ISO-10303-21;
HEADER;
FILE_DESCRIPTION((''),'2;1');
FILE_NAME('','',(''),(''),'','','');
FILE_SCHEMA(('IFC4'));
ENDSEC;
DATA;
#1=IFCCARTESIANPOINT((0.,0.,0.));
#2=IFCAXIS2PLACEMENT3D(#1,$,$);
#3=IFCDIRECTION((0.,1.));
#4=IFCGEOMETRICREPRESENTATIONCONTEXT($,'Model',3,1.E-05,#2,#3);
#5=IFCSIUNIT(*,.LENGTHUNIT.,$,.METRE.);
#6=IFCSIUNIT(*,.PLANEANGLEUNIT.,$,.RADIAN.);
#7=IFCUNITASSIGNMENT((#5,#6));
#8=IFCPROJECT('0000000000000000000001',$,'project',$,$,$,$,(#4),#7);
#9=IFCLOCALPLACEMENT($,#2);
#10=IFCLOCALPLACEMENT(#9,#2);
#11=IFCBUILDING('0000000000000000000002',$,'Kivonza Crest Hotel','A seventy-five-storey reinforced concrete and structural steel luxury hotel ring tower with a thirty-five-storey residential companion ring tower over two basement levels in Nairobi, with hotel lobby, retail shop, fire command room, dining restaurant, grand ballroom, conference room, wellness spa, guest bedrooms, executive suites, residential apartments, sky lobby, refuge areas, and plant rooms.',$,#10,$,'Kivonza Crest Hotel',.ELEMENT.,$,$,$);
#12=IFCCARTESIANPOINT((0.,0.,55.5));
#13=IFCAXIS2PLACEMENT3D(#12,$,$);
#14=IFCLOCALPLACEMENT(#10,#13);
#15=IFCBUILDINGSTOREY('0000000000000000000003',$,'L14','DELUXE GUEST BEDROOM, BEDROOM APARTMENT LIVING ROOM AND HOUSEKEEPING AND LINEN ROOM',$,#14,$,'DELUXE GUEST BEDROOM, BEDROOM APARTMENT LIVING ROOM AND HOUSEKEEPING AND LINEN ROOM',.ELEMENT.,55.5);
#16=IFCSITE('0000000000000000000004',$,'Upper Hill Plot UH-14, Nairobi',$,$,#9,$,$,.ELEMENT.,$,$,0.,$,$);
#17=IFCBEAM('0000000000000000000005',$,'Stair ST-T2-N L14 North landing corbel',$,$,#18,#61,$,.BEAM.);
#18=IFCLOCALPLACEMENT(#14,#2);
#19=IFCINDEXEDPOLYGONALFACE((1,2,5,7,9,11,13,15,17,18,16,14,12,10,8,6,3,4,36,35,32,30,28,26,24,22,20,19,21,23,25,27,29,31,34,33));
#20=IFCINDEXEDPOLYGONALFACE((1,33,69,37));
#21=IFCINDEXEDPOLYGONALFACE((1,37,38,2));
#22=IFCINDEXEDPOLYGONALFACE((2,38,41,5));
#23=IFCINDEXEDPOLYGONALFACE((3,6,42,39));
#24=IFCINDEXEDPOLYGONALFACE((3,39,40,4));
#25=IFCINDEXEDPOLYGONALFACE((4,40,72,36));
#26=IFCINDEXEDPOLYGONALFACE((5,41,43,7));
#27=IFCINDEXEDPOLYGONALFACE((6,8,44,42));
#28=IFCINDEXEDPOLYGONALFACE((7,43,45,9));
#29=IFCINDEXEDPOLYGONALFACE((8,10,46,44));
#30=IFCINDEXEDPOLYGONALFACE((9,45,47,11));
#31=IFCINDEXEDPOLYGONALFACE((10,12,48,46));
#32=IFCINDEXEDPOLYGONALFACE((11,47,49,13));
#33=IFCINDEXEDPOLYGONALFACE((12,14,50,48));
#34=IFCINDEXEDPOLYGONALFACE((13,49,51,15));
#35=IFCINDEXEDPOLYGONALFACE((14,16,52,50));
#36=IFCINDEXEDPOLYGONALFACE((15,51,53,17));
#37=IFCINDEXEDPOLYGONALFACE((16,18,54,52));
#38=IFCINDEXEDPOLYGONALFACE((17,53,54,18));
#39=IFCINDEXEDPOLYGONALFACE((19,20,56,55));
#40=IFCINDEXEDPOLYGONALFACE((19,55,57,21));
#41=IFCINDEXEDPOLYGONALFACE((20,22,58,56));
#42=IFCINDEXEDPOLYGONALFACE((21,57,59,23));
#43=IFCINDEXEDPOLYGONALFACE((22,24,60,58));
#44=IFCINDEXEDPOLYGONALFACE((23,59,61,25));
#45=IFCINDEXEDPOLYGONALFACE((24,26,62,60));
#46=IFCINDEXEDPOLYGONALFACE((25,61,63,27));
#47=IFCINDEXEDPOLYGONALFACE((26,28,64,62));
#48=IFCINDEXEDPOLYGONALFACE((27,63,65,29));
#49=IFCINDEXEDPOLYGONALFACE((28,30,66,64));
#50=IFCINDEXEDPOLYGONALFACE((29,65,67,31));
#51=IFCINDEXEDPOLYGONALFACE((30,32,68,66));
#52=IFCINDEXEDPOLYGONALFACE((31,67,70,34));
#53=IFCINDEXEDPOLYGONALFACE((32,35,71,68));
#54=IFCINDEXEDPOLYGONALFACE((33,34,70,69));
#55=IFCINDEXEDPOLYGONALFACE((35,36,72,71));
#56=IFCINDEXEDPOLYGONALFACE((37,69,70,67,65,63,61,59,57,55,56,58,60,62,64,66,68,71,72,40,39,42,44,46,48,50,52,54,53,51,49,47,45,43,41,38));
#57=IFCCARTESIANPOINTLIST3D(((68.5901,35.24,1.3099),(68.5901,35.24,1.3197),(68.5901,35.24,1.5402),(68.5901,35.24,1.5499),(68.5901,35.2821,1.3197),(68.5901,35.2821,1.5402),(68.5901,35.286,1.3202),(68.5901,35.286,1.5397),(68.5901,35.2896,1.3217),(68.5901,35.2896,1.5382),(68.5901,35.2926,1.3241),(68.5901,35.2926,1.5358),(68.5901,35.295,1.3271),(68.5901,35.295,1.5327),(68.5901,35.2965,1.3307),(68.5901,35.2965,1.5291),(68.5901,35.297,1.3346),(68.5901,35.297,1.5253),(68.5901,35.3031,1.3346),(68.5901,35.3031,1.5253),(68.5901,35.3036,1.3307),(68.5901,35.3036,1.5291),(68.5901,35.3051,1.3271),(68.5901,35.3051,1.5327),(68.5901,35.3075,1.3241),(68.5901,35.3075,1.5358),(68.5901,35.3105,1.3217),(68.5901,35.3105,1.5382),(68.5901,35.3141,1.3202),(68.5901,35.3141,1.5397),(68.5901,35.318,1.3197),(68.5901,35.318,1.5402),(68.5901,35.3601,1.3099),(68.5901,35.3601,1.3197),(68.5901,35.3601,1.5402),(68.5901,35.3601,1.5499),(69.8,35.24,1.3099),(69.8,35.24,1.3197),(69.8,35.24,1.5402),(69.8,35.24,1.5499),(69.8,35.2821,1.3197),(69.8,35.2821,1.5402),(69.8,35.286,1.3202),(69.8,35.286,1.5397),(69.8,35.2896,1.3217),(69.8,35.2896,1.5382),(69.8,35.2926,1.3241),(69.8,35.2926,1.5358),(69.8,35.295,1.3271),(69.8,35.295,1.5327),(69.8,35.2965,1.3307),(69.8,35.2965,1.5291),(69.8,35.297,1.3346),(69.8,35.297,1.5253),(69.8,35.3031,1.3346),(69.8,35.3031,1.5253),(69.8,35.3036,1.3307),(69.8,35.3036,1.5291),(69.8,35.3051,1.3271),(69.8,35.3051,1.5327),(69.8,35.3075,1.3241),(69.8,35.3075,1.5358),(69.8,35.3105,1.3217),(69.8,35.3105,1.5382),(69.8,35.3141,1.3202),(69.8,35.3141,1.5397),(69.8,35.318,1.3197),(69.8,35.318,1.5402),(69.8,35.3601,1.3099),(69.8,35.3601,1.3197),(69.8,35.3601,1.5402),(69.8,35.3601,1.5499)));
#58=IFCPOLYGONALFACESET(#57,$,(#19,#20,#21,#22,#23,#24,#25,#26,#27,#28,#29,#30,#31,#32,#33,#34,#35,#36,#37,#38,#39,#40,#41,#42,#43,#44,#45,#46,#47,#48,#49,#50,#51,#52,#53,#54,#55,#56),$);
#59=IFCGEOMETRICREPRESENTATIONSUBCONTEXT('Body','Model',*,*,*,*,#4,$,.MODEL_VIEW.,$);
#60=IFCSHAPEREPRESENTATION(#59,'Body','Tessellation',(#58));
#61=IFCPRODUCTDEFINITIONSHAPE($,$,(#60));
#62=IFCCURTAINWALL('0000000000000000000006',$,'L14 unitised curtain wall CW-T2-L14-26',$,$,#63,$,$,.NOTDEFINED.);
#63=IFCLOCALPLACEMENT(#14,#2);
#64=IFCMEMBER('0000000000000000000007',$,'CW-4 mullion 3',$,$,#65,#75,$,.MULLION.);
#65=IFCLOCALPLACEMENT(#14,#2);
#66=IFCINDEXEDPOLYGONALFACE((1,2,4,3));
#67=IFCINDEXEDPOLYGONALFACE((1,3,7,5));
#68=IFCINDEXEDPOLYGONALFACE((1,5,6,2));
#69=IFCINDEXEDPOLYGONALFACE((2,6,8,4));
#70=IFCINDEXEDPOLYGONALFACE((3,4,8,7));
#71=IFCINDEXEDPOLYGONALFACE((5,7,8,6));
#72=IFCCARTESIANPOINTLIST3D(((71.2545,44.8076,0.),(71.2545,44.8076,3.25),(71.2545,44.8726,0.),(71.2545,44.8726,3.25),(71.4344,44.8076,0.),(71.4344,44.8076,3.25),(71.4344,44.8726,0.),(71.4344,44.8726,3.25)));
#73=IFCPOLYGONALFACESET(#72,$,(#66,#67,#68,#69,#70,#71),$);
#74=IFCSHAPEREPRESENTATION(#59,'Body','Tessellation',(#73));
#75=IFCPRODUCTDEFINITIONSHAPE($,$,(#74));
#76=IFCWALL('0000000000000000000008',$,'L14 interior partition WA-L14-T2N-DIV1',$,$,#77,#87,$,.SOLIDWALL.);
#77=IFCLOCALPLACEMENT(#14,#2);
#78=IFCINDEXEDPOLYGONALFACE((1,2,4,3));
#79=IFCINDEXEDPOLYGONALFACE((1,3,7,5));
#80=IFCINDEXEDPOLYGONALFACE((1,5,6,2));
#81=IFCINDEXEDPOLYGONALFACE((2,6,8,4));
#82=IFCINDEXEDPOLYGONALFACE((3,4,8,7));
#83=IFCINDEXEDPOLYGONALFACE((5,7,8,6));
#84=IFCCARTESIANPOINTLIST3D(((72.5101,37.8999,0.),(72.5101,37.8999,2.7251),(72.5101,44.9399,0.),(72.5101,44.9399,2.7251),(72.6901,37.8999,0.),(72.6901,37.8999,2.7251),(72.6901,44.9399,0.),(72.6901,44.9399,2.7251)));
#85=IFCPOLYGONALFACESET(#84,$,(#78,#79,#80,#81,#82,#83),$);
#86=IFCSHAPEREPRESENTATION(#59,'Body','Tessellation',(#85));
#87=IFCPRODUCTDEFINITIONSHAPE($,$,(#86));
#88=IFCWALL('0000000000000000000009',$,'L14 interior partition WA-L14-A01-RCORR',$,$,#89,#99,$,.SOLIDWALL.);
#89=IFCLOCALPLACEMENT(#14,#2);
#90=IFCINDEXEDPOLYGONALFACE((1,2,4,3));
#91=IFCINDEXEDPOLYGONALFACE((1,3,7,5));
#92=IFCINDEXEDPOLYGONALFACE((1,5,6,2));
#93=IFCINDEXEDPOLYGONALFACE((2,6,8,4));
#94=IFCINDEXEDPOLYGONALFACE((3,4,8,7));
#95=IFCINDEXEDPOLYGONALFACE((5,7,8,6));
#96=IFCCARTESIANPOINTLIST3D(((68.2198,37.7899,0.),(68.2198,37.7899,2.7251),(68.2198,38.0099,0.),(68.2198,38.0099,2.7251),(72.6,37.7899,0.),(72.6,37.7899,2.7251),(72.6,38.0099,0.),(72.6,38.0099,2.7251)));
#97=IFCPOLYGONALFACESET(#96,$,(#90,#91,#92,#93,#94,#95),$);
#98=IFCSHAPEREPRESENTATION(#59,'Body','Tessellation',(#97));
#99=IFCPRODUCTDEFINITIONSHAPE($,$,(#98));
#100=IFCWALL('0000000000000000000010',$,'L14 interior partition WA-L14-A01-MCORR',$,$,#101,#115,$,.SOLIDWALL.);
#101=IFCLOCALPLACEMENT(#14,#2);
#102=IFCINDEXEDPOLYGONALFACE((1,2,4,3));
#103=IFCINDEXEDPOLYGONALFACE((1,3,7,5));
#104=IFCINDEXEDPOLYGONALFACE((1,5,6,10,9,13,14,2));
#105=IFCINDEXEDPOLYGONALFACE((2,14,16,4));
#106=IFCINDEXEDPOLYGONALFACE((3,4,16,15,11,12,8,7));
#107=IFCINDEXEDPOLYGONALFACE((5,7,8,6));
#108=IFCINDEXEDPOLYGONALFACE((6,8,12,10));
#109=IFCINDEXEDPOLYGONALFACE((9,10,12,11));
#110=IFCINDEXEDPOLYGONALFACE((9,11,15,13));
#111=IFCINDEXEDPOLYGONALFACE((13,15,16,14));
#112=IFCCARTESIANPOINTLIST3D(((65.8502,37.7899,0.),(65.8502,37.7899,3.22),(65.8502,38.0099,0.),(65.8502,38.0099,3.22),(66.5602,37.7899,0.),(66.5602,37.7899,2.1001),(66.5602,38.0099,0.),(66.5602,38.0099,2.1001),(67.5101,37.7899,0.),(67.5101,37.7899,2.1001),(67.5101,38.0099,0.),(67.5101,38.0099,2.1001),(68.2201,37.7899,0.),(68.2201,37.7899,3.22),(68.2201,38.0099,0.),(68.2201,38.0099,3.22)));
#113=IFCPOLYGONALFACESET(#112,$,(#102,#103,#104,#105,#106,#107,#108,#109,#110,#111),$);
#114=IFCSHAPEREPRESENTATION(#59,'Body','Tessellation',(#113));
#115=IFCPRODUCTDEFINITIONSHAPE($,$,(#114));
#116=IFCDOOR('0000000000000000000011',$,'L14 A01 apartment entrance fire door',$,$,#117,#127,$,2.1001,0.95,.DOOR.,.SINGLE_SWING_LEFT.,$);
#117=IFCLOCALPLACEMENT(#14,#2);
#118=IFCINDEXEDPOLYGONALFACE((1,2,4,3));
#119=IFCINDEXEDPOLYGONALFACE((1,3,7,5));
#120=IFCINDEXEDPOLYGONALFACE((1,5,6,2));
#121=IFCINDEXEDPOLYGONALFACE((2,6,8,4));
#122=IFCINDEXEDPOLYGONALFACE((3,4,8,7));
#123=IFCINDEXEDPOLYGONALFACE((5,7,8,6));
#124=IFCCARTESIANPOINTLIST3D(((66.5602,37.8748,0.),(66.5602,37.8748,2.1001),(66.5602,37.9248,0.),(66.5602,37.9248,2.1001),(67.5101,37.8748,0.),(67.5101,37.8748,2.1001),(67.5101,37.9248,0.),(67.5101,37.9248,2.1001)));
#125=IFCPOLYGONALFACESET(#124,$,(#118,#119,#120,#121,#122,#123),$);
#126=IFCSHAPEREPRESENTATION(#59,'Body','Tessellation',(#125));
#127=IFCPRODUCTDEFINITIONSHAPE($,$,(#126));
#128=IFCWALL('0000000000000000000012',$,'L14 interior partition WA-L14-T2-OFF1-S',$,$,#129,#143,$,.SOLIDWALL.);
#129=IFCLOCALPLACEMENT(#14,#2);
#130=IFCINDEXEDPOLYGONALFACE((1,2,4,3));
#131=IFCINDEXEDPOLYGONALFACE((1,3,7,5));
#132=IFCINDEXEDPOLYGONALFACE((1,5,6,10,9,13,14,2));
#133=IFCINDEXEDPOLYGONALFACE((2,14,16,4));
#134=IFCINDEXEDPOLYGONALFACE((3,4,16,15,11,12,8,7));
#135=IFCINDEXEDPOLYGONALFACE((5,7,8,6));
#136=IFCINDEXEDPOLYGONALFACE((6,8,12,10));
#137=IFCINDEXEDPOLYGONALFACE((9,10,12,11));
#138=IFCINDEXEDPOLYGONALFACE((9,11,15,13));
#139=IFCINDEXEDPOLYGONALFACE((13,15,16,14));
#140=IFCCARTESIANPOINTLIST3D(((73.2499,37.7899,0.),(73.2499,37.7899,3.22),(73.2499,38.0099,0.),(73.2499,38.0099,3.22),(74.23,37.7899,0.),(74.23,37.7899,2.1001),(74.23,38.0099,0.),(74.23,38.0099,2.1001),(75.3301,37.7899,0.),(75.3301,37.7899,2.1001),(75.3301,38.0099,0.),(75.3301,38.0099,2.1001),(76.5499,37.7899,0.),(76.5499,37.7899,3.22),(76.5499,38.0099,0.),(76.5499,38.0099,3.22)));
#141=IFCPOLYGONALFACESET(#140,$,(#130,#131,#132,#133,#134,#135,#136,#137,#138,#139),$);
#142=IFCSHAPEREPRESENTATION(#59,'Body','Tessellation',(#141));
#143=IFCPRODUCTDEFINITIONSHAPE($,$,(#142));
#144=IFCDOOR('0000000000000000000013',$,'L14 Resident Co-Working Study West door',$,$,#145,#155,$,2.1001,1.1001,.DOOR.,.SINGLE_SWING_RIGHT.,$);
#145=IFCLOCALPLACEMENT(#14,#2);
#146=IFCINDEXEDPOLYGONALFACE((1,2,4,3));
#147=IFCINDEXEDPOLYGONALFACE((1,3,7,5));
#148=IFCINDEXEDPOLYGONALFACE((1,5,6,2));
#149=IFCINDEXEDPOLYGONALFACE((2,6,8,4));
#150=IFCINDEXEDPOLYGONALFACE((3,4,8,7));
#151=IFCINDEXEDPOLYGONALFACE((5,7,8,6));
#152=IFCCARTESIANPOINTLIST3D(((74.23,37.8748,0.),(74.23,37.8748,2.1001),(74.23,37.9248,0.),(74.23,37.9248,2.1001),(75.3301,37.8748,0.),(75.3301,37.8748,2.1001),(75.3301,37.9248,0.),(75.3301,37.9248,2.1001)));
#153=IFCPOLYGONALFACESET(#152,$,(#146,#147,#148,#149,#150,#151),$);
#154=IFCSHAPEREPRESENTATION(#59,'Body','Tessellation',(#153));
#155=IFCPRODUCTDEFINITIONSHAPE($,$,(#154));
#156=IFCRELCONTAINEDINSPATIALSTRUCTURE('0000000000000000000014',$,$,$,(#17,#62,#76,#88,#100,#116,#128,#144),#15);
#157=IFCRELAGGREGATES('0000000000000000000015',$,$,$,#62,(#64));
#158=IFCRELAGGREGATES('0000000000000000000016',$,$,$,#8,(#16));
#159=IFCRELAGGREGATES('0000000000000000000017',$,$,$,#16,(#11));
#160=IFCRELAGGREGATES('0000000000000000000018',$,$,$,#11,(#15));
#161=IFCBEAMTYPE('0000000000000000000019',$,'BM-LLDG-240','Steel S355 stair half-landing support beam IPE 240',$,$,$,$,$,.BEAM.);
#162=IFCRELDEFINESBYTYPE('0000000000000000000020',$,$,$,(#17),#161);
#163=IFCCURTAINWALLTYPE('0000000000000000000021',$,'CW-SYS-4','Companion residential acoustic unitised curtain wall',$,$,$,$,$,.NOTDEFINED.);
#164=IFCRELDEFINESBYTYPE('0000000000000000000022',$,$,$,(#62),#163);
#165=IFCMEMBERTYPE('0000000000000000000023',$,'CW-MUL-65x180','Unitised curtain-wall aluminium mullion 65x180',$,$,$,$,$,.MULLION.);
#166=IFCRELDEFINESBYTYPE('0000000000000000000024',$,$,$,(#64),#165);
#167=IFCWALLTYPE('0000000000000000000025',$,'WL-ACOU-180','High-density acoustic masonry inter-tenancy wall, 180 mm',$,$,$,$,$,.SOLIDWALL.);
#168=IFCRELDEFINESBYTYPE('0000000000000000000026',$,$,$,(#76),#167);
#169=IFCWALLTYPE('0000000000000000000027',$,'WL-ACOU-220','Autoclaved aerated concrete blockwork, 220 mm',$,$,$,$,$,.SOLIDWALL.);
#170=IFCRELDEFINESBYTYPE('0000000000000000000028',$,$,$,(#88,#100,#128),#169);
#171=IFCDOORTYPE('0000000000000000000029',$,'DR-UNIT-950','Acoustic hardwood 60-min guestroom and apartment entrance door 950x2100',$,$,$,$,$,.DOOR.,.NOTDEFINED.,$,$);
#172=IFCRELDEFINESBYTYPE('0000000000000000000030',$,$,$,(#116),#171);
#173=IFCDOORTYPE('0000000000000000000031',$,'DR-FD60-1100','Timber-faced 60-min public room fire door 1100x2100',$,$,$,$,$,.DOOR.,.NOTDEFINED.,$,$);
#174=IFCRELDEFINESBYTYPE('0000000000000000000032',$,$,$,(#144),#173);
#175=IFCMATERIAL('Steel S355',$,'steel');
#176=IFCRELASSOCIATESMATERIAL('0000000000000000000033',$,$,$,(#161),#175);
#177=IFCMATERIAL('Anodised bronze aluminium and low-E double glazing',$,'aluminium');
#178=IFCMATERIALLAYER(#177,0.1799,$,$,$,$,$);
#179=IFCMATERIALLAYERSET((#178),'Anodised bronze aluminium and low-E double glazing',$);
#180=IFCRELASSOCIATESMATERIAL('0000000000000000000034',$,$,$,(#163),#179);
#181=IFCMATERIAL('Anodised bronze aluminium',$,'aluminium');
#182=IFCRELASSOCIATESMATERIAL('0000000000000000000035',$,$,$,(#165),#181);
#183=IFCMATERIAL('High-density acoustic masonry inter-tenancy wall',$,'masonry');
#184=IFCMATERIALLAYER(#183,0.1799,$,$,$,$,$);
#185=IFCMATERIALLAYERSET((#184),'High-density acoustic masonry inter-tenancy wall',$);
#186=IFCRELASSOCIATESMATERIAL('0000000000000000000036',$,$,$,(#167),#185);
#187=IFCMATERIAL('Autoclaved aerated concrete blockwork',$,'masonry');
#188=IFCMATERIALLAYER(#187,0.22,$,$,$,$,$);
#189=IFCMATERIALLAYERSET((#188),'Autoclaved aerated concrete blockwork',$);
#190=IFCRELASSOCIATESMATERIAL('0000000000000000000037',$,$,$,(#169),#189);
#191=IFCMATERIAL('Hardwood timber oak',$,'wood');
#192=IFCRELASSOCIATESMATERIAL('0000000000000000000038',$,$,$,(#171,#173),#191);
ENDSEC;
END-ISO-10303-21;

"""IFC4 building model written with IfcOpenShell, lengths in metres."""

from ifc_helpers import new_model, si_unit, direction, frame, frame_2d, origin, origin_2d, place, context, subcontext, project, spatial, rectangle, i_section, extrude, material, layer, layer_set, material_profile, profile_set, type_object, element, fill, aggregate, save


model = new_model("IFC4")

# Units and contexts
model_context = context("Model", 3, precision=1e-05, world=origin(), true_north=direction((0.0, 1.0)))
body_context = subcontext(model_context, "Body", "Model", "MODEL_VIEW")
ifc_project = project(units=[si_unit("LENGTHUNIT", "METRE"), si_unit("PLANEANGLEUNIT", "RADIAN")], contexts=[model_context])

# Site, building, storey
site_placement = place(None, origin())
site = spatial("IfcSite", under=ifc_project, at=site_placement, Name="Upper Hill Plot UH-14, Nairobi", CompositionType="ELEMENT", RefElevation=0.0)
building_placement = place(site_placement, origin())
building = spatial("IfcBuilding", under=site, at=building_placement, Name="Kivonza Crest Hotel", Description="A seventy-five-storey reinforced concrete and structural steel luxury hotel ring tower with a thirty-five-storey residential companion ring tower over two basement levels in Nairobi, with hotel lobby, retail shop, fire command room, dining restaurant, grand ballroom, conference room, wellness spa, guest bedrooms, executive suites, residential apartments, sky lobby, refuge areas, and plant rooms.", LongName="Kivonza Crest Hotel", CompositionType="ELEMENT")
storey_placement = place(building_placement, frame((0.0, 0.0, 55.5)))
storey = spatial("IfcBuildingStorey", under=building, at=storey_placement, Name="L14", Description="DELUXE GUEST BEDROOM, BEDROOM APARTMENT LIVING ROOM AND HOUSEKEEPING AND LINEN ROOM", LongName="DELUXE GUEST BEDROOM, BEDROOM APARTMENT LIVING ROOM AND HOUSEKEEPING AND LINEN ROOM", CompositionType="ELEMENT", Elevation=55.5)

# Beam
ifc_material_1 = material(Name="Steel S355", Category="steel")
ifc_material_profile_1 = material_profile(ifc_material_1, i_section(OverallWidth=0.1201, OverallDepth=0.24, WebThickness=0.0061, FlangeThickness=0.0098, FilletRadius=0.0149, at=origin_2d()), Name="IPE 240")
ifc_profile_set_1 = profile_set([ifc_material_profile_1], Name="Steel S355")
beam_type_1 = type_object("IfcBeamType", Name="BM-LLDG-240", Description="Steel S355 stair half-landing support beam IPE 240", PredefinedType="BEAM", material=ifc_profile_set_1)
beam_1_placement = place(storey_placement, frame((68.5901, 35.3, 1.4299), z_axis=(1.0, 0.0, 0.0), x_axis=(0.0, 1.0, 0.0)))
element("IfcBeam", 1, at=beam_1_placement, inside=storey, type_object=beam_type_1, Name="Stair ST-T2-N L14 North landing corbel", PredefinedType="BEAM", context=body_context, shape_type="SweptSolid", body=[
    extrude(i_section(OverallWidth=0.1201, OverallDepth=0.24, WebThickness=0.0061, FlangeThickness=0.0098, FilletRadius=0.0149, at=origin_2d()), origin(), (0.0, 0.0, 1.0), 1.21),
])

# Curtain wall, member
ifc_material_2 = material(Name="Anodised bronze aluminium and low-E double glazing", Category="aluminium")
ifc_layer_1 = layer(ifc_material_2, 0.1799)
ifc_layer_set_1 = layer_set([ifc_layer_1], Name="Anodised bronze aluminium and low-E double glazing")
curtain_wall_type = type_object("IfcCurtainWallType", Name="CW-SYS-4", Description="Companion residential acoustic unitised curtain wall", PredefinedType="NOTDEFINED", material=ifc_layer_set_1)
curtain_wall_placement = place(storey_placement, origin())
curtain_wall = element("IfcCurtainWall", 2, at=curtain_wall_placement, inside=storey, type_object=curtain_wall_type, Name="L14 unitised curtain wall CW-T2-L14-26", PredefinedType="NOTDEFINED")
ifc_material_3 = material(Name="Anodised bronze aluminium", Category="aluminium")
ifc_material_profile_2 = material_profile(ifc_material_3, rectangle(XDim=0.0649, YDim=0.1799, at=origin_2d()), Name="CW-M 65x180")
ifc_profile_set_2 = profile_set([ifc_material_profile_2], Name="Anodised bronze aluminium")
member_type = type_object("IfcMemberType", Name="CW-MUL-65x180", Description="Unitised curtain-wall aluminium mullion 65x180", PredefinedType="MULLION", material=ifc_profile_set_2)
member_placement = place(storey_placement, frame((71.3445, 44.8401, 0.0), z_axis=(0.0, 0.0, 1.0), x_axis=(0.0, -1.0, 0.0)))
member = element("IfcMember", 3, at=member_placement, type_object=member_type, Name="CW-4 mullion 3", PredefinedType="MULLION", context=body_context, shape_type="SweptSolid", body=[
    extrude(rectangle(XDim=0.0649, YDim=0.1799, at=origin_2d()), origin(), (0.0, 0.0, 1.0), 3.25),
])
aggregate(curtain_wall, [member])

# Walls
ifc_material_4 = material(Name="High-density acoustic masonry inter-tenancy wall", Category="masonry")
ifc_layer_2 = layer(ifc_material_4, 0.1799)
ifc_layer_set_2 = layer_set([ifc_layer_2], Name="High-density acoustic masonry inter-tenancy wall")
wall_type_1 = type_object("IfcWallType", Name="WL-ACOU-180", Description="High-density acoustic masonry inter-tenancy wall, 180 mm", PredefinedType="SOLIDWALL", material=ifc_layer_set_2)
wall_1_placement = place(storey_placement, frame((72.6001, 37.8999, 0.0), z_axis=(0.0, 0.0, 1.0), x_axis=(0.0, 1.0, 0.0)))
element("IfcWall", 4, at=wall_1_placement, inside=storey, type_object=wall_type_1, Name="L14 interior partition WA-L14-T2N-DIV1", PredefinedType="SOLIDWALL", context=body_context, shape_type="SweptSolid", body=[
    extrude(rectangle(XDim=7.04, YDim=0.1799, at=frame_2d((3.52, 0.0))), origin(), (0.0, 0.0, 1.0), 2.7251),
])
ifc_material_5 = material(Name="Autoclaved aerated concrete blockwork", Category="masonry")
ifc_layer_3 = layer(ifc_material_5, 0.22)
ifc_layer_set_3 = layer_set([ifc_layer_3], Name="Autoclaved aerated concrete blockwork")
wall_type_2 = type_object("IfcWallType", Name="WL-ACOU-220", Description="Autoclaved aerated concrete blockwork, 220 mm", PredefinedType="SOLIDWALL", material=ifc_layer_set_3)
wall_2_placement = place(storey_placement, frame((68.22, 37.8999, 0.0), z_axis=(0.0, 0.0, 1.0), x_axis=(1.0, 0.0, 0.0)))
element("IfcWall", 5, at=wall_2_placement, inside=storey, type_object=wall_type_2, Name="L14 interior partition WA-L14-A01-RCORR", PredefinedType="SOLIDWALL", context=body_context, shape_type="SweptSolid", body=[
    extrude(rectangle(XDim=4.3801, YDim=0.22, at=frame_2d((2.1899, 0.0))), origin(), (0.0, 0.0, 1.0), 2.7251),
])

# Walls, openings, doors
wall_3_placement = place(storey_placement, frame((65.8501, 37.8999, 0.0), z_axis=(0.0, 0.0, 1.0), x_axis=(1.0, 0.0, 0.0)))
wall_3 = element("IfcWall", 6, at=wall_3_placement, inside=storey, type_object=wall_type_2, Name="L14 interior partition WA-L14-A01-MCORR", PredefinedType="SOLIDWALL", context=body_context, shape_type="SweptSolid", body=[
    extrude(rectangle(XDim=2.3699, YDim=0.22, at=frame_2d((1.1851, 0.0))), origin(), (0.0, 0.0, 1.0), 3.22),
])
opening_1_placement = place(wall_3_placement, frame((0.71, 0.0, 0.0)))
opening_1 = element("IfcOpeningElement", 7, at=opening_1_placement, cuts=wall_3, PredefinedType="OPENING", context=body_context, shape_type="SweptSolid", body=[
    extrude(rectangle(XDim=0.95, YDim=2.1001, at=frame_2d((0.4751, 1.05))), frame((0.0, 0.1201, 0.0), z_axis=(0.0, -1.0, 0.0), x_axis=(1.0, 0.0, 0.0)), (0.0, 0.0, 1.0), 0.24),
])
ifc_material_6 = material(Name="Hardwood timber oak", Category="wood")
door_type_1 = type_object("IfcDoorType", Name="DR-UNIT-950", Description="Acoustic hardwood 60-min guestroom and apartment entrance door 950x2100", OperationType="NOTDEFINED", PredefinedType="DOOR", material=ifc_material_6)
door_1_placement = place(opening_1_placement, origin())
door_1 = element("IfcDoor", 8, at=door_1_placement, inside=storey, type_object=door_type_1, Name="L14 A01 apartment entrance fire door", OperationType="SINGLE_SWING_LEFT", OverallHeight=2.1001, OverallWidth=0.95, PredefinedType="DOOR", context=body_context, shape_type="SweptSolid", body=[
    extrude(rectangle(XDim=0.95, YDim=2.1001, at=frame_2d((0.4751, 1.05))), frame((0.0, 0.0249, 0.0), z_axis=(0.0, -1.0, 0.0), x_axis=(1.0, 0.0, 0.0)), (0.0, 0.0, 1.0), 0.05),
])
fill(opening_1, door_1)
wall_4_placement = place(storey_placement, frame((73.25, 37.8999, 0.0), z_axis=(0.0, 0.0, 1.0), x_axis=(1.0, 0.0, 0.0)))
wall_4 = element("IfcWall", 9, at=wall_4_placement, inside=storey, type_object=wall_type_2, Name="L14 interior partition WA-L14-T2-OFF1-S", PredefinedType="SOLIDWALL", context=body_context, shape_type="SweptSolid", body=[
    extrude(rectangle(XDim=3.3, YDim=0.22, at=frame_2d((1.6499, 0.0))), origin(), (0.0, 0.0, 1.0), 3.22),
])
opening_2_placement = place(wall_4_placement, frame((0.98, 0.0, 0.0)))
opening_2 = element("IfcOpeningElement", 10, at=opening_2_placement, cuts=wall_4, PredefinedType="OPENING", context=body_context, shape_type="SweptSolid", body=[
    extrude(rectangle(XDim=1.1001, YDim=2.1001, at=frame_2d((0.55, 1.05))), frame((0.0, 0.1201, 0.0), z_axis=(0.0, -1.0, 0.0), x_axis=(1.0, 0.0, 0.0)), (0.0, 0.0, 1.0), 0.24),
])
door_type_2 = type_object("IfcDoorType", Name="DR-FD60-1100", Description="Timber-faced 60-min public room fire door 1100x2100", OperationType="NOTDEFINED", PredefinedType="DOOR", material=ifc_material_6)
door_2_placement = place(opening_2_placement, origin())
door_2 = element("IfcDoor", 11, at=door_2_placement, inside=storey, type_object=door_type_2, Name="L14 Resident Co-Working Study West door", OperationType="SINGLE_SWING_RIGHT", OverallHeight=2.1001, OverallWidth=1.1001, PredefinedType="DOOR", context=body_context, shape_type="SweptSolid", body=[
    extrude(rectangle(XDim=1.1001, YDim=2.1001, at=frame_2d((0.55, 1.05))), frame((0.0, 0.0249, 0.0), z_axis=(0.0, -1.0, 0.0), x_axis=(1.0, 0.0, 0.0)), (0.0, 0.0, 1.0), 0.05),
])
fill(opening_2, door_2)

save(model, "model.ifc")
